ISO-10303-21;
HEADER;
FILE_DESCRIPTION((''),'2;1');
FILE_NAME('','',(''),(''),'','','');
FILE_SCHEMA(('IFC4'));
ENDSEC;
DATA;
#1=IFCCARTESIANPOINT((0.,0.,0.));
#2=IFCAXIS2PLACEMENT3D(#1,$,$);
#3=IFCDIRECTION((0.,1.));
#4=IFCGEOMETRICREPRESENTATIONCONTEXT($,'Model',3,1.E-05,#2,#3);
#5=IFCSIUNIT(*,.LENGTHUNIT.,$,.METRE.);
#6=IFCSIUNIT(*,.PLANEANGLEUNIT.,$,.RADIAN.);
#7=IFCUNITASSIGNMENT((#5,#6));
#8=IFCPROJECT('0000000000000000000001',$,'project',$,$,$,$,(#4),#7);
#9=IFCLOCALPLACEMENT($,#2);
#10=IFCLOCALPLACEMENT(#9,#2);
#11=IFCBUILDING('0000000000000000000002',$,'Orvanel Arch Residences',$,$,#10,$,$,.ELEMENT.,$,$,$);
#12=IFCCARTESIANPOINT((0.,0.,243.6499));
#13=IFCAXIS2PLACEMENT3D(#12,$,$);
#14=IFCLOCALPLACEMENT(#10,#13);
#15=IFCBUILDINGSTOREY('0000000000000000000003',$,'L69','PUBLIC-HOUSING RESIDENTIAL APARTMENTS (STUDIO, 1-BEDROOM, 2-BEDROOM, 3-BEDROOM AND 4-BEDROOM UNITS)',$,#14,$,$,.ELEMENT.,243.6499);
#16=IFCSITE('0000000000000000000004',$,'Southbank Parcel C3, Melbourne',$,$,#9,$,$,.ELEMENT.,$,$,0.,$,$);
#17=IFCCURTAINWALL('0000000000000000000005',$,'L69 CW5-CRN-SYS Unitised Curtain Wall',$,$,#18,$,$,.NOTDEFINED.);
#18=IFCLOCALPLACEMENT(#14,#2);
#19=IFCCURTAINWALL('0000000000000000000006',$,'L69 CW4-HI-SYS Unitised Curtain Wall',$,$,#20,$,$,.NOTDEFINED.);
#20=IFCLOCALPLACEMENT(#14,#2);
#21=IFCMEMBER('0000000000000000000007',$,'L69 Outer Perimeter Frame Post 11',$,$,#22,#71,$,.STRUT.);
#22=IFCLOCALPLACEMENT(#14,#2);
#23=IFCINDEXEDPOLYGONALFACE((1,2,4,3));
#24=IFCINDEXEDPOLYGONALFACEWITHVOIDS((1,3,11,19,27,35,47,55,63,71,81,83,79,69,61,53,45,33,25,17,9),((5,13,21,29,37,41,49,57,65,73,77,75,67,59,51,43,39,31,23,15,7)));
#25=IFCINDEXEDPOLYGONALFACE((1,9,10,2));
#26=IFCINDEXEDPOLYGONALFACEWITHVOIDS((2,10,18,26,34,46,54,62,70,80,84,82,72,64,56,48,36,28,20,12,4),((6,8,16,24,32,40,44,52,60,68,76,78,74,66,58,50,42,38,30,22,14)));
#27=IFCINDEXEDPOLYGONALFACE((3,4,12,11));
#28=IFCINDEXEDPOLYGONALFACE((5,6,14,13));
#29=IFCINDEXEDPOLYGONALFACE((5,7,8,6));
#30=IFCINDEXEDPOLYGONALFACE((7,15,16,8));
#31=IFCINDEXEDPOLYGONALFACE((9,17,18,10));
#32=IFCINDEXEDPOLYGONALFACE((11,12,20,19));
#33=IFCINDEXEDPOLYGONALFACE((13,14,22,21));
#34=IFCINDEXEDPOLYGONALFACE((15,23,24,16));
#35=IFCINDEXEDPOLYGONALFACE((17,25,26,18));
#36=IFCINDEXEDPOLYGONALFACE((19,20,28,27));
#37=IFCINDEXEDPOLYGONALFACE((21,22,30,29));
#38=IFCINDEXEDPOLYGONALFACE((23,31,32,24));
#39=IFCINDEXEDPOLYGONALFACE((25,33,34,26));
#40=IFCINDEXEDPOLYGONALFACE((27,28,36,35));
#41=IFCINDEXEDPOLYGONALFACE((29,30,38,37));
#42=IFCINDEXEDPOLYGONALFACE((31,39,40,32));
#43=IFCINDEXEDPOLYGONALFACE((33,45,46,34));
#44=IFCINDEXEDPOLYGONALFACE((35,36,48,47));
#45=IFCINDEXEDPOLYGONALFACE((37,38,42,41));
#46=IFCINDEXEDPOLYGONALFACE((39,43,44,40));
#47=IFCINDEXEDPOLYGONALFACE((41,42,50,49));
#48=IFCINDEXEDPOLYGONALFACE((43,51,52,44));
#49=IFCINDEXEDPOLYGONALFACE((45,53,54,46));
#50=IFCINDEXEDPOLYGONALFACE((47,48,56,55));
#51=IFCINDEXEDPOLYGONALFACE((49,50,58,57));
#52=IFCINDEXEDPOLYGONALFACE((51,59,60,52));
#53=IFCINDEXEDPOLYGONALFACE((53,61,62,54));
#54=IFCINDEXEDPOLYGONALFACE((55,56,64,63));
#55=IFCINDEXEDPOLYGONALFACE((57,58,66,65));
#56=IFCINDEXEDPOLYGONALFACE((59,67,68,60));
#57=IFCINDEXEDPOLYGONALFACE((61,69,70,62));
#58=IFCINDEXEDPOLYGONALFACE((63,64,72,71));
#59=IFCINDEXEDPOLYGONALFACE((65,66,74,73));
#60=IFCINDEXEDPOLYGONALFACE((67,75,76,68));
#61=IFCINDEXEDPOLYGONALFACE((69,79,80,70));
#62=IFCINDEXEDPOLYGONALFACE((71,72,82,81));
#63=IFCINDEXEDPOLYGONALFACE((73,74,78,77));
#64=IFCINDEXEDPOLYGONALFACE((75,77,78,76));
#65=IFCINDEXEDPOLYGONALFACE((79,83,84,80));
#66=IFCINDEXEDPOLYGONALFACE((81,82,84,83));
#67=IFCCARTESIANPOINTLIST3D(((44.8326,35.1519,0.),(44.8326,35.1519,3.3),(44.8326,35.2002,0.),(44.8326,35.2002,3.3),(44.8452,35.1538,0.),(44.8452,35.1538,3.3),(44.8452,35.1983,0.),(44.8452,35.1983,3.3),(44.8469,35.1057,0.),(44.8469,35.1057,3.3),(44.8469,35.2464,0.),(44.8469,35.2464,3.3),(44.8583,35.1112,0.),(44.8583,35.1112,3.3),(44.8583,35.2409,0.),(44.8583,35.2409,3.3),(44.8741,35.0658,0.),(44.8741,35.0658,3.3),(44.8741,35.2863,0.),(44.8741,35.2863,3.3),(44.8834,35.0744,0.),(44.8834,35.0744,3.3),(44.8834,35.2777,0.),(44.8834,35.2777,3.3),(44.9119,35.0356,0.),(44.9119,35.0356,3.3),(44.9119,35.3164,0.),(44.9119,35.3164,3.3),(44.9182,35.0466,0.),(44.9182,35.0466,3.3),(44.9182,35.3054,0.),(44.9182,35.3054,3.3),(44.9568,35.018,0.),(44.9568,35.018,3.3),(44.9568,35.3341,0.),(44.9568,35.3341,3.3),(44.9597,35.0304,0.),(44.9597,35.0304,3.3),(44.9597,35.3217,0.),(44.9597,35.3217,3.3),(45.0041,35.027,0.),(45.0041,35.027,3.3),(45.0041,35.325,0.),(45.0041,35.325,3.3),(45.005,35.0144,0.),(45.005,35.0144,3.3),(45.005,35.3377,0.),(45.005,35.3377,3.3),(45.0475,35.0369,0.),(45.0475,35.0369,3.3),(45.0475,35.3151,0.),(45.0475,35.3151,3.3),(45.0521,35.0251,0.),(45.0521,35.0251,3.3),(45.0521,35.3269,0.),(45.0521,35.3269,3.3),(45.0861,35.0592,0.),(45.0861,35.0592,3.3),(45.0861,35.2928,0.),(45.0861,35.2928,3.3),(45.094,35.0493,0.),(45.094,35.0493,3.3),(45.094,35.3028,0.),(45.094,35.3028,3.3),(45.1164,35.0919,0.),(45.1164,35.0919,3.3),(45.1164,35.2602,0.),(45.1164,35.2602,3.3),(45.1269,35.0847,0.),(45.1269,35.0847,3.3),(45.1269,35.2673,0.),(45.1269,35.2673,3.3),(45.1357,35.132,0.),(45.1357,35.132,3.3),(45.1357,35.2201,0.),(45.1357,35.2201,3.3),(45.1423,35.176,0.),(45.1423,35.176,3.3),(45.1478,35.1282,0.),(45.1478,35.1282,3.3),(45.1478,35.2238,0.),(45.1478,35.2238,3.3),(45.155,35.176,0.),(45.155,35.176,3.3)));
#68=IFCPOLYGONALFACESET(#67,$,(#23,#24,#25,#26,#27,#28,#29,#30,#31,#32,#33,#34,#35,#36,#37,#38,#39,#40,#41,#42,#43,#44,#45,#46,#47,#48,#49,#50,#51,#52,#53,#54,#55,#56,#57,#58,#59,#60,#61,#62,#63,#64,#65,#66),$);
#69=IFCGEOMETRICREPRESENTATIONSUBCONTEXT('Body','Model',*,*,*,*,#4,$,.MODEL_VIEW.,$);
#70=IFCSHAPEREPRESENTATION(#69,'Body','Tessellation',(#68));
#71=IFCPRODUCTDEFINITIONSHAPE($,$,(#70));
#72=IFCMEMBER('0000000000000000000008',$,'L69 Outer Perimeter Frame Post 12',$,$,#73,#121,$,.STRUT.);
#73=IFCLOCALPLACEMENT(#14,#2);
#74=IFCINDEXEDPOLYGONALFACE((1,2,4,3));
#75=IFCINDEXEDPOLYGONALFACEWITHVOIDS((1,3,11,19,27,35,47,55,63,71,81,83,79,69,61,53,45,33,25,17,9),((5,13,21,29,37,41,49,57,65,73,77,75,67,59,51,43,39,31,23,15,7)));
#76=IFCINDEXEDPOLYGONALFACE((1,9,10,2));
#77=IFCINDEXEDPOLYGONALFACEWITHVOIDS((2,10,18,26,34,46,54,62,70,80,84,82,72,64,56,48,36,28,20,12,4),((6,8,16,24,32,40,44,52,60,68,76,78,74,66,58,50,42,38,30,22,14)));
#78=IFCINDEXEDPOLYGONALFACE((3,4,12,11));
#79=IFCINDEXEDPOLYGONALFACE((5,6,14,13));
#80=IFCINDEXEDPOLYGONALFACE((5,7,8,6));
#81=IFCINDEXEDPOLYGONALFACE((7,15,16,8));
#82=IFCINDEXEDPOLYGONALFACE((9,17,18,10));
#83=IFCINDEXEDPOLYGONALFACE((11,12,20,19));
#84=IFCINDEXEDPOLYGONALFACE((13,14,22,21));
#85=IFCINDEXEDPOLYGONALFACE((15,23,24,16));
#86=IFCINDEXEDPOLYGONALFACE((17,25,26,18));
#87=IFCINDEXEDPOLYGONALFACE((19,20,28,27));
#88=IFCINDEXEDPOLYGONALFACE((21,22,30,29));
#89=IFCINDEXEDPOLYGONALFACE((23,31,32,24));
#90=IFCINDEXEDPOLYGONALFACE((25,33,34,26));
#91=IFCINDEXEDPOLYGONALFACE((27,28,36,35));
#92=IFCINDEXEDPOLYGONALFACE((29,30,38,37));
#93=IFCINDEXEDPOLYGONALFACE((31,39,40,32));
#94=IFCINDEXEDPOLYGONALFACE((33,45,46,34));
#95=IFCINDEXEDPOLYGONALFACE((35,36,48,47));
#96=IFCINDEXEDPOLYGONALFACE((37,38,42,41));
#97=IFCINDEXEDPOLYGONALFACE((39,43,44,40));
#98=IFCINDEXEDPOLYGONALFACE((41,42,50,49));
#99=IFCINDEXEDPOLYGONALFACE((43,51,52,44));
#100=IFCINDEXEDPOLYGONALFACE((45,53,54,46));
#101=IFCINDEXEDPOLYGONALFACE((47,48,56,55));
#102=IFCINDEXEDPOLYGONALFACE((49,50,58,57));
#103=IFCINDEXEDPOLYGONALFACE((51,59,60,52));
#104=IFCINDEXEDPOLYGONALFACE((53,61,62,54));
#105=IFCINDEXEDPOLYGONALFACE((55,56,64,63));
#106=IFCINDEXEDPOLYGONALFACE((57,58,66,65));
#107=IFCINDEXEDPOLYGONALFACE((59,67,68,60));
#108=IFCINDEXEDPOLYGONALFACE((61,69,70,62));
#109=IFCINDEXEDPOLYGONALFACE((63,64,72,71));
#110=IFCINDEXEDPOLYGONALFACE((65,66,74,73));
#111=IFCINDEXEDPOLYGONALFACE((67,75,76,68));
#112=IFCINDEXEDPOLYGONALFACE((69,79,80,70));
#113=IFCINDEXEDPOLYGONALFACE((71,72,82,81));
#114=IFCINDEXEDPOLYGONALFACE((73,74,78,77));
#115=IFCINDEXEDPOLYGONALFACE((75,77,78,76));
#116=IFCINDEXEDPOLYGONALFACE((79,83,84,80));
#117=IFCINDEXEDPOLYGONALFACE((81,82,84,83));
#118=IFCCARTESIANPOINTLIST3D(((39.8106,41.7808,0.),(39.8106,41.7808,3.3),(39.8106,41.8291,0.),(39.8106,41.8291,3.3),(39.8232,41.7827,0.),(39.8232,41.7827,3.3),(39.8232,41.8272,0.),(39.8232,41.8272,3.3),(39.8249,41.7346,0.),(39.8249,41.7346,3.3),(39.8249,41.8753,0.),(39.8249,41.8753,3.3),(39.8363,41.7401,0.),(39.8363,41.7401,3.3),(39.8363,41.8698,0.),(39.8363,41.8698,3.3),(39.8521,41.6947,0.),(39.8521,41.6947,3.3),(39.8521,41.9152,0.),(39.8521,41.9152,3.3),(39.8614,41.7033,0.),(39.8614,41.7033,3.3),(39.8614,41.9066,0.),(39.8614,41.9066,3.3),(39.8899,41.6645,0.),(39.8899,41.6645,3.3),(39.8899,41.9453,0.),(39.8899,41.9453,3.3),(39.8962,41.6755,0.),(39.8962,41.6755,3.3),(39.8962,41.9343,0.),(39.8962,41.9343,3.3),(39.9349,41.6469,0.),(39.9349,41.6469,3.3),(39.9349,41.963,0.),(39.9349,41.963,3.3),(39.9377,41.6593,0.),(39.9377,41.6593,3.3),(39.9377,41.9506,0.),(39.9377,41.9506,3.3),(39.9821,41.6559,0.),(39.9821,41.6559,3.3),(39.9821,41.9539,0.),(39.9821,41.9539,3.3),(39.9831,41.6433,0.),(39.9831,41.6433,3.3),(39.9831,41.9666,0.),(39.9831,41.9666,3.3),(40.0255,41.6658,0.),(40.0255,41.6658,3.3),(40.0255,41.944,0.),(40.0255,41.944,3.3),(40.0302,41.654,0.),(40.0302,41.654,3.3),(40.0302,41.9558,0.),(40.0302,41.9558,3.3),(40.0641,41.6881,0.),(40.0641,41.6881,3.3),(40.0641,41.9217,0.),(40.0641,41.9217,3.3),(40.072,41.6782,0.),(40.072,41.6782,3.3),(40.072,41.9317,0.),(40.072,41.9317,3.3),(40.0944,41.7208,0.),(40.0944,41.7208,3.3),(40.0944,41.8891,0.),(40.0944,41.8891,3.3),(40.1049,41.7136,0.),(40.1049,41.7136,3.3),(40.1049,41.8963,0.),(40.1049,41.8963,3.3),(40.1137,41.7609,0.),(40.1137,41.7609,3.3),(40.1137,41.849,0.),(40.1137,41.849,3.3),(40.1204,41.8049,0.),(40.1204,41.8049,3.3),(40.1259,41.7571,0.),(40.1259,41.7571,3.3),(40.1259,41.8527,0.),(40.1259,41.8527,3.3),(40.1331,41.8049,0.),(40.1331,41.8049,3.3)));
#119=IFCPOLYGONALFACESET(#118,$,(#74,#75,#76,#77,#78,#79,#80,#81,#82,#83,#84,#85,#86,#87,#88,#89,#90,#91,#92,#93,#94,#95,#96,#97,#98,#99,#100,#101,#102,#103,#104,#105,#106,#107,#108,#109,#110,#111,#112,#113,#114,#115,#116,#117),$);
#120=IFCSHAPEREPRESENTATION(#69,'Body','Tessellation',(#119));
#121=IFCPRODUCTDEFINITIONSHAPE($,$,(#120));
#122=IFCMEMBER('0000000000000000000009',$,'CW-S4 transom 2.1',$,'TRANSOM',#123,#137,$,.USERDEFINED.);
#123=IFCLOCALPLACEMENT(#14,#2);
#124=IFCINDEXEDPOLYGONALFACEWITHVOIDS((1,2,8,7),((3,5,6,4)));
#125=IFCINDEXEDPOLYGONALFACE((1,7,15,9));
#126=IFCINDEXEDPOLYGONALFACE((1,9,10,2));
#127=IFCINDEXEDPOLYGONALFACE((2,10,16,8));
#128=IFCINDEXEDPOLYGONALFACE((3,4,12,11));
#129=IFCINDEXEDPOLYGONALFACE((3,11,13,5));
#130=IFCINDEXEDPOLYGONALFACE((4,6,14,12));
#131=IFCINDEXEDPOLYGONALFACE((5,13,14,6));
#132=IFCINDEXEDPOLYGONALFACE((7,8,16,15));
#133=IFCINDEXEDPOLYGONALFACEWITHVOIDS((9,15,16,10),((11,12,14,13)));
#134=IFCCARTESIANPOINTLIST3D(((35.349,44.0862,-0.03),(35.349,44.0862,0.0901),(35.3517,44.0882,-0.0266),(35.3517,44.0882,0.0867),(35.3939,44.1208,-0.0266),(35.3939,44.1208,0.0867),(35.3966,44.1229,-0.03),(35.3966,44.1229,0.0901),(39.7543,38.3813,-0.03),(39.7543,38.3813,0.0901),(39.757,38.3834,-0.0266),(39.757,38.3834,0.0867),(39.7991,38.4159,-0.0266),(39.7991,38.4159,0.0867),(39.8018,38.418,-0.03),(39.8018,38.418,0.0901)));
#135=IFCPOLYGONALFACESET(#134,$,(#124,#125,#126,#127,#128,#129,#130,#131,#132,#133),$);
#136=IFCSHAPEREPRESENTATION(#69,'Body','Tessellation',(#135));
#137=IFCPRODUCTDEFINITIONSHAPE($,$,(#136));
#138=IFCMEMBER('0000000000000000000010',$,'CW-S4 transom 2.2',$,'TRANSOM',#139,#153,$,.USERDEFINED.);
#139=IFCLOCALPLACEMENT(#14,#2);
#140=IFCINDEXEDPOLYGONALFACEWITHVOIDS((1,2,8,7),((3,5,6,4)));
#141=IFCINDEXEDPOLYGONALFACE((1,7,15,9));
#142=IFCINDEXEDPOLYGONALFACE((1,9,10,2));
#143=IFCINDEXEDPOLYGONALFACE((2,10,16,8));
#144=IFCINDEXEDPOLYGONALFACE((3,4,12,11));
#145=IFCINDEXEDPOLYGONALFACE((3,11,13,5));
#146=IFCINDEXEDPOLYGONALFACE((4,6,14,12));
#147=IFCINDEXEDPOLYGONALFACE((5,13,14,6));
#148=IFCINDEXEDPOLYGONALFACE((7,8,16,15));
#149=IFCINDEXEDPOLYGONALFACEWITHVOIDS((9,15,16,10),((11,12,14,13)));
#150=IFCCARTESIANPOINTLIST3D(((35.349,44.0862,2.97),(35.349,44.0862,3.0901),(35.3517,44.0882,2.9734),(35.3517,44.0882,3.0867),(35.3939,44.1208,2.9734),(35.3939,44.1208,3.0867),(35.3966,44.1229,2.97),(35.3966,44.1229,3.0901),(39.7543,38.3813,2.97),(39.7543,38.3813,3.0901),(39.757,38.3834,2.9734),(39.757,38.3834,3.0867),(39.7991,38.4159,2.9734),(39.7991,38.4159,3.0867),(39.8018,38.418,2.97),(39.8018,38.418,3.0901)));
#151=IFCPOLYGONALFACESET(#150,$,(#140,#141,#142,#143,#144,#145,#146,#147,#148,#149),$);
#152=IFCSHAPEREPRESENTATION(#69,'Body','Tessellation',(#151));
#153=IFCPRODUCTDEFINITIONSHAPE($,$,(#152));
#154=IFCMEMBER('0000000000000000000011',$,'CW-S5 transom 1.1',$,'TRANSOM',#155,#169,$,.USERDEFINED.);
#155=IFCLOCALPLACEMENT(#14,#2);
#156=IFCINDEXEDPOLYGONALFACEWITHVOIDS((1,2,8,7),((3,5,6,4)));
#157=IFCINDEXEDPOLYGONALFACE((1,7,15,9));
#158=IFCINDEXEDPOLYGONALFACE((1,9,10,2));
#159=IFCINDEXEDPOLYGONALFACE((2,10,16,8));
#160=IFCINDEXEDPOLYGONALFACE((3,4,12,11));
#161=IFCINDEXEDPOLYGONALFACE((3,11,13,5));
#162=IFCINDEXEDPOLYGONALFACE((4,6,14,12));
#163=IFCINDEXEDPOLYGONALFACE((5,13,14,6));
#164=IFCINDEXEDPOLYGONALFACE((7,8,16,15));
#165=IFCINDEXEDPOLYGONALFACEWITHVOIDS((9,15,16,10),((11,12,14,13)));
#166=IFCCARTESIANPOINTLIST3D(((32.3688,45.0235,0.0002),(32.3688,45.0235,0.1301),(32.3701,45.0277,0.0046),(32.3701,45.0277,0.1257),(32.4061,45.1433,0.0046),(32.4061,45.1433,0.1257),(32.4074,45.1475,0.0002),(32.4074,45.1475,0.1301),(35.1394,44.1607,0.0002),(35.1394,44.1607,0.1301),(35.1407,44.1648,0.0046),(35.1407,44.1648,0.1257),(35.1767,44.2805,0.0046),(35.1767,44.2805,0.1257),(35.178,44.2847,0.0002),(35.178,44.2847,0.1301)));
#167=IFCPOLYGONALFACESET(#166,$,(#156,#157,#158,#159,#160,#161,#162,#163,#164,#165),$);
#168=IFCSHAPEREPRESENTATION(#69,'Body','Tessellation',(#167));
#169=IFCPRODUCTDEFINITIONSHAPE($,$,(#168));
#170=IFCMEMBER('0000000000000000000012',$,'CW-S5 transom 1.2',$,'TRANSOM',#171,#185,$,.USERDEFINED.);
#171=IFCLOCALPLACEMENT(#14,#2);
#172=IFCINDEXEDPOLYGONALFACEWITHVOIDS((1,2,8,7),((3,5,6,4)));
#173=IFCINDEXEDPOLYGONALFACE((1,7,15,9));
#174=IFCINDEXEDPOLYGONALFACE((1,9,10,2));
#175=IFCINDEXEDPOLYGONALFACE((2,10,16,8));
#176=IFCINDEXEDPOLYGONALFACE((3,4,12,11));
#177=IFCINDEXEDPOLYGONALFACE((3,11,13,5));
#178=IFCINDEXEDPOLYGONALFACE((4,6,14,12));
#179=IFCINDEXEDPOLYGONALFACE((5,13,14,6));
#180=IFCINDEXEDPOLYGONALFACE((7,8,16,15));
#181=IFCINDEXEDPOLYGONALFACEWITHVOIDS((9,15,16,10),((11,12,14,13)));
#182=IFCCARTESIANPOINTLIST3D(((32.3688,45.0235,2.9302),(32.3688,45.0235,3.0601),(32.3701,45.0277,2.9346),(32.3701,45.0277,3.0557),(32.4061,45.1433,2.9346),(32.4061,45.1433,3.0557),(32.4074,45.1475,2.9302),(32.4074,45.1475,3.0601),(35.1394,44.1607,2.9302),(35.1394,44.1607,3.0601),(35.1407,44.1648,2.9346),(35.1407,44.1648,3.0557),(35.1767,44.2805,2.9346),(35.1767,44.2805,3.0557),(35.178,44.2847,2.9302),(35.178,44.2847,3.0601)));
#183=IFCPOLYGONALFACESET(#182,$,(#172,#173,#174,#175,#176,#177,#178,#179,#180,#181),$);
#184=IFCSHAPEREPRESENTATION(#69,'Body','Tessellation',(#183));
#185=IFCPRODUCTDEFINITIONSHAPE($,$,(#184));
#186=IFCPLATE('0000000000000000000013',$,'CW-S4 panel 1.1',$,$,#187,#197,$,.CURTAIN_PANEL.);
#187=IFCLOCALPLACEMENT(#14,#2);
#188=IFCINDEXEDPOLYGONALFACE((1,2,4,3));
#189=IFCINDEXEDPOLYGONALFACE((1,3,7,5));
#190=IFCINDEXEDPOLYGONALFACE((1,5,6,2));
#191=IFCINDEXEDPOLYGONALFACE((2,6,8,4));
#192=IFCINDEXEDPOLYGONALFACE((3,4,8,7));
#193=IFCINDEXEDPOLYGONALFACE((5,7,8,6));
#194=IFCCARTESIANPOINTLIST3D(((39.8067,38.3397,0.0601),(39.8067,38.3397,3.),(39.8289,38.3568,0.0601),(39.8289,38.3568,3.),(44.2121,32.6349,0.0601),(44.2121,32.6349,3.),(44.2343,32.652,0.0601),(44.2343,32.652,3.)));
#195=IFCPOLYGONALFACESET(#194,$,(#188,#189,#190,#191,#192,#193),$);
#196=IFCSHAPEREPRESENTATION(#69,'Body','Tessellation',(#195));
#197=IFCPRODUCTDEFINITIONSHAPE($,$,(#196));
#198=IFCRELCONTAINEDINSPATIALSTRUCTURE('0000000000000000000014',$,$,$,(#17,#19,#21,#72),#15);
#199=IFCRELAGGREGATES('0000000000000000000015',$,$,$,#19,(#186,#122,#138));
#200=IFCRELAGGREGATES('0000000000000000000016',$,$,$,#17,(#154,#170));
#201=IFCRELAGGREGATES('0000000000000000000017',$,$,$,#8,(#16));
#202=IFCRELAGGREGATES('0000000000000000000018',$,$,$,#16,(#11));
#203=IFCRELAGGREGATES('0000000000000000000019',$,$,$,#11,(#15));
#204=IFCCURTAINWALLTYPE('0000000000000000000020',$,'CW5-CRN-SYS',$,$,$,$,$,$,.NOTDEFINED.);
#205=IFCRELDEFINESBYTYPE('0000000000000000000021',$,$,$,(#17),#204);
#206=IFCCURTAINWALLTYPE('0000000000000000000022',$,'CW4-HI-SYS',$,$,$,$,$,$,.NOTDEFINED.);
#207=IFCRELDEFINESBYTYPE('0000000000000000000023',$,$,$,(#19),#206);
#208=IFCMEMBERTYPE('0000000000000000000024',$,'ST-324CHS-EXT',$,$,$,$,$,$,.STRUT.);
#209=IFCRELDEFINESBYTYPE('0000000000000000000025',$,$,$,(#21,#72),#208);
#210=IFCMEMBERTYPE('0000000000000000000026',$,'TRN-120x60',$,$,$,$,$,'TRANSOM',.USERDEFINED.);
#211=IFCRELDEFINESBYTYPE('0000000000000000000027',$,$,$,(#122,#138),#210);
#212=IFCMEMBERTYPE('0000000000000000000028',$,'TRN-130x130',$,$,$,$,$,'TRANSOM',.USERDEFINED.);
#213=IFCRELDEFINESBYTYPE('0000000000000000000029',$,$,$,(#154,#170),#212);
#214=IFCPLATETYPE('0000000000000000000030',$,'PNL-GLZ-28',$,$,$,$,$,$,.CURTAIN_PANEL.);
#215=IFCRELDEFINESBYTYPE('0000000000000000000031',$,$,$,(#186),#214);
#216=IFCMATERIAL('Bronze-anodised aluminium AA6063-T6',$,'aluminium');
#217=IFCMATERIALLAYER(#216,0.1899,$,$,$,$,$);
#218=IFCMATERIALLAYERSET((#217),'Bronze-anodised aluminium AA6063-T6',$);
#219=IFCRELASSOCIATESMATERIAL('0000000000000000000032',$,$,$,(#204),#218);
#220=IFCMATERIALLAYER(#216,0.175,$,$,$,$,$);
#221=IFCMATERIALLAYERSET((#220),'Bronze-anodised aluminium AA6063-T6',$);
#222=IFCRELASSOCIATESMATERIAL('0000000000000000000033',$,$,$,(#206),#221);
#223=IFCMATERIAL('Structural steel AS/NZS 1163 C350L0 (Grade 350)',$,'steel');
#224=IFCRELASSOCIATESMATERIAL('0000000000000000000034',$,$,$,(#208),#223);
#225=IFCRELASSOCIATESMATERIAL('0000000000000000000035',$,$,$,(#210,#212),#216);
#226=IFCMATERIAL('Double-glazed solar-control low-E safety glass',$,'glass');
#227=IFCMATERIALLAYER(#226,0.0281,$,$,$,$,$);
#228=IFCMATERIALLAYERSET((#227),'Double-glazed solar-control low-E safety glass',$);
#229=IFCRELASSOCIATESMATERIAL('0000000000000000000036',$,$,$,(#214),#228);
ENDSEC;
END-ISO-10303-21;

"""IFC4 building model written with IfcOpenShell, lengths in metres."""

from ifc_helpers import new_model, si_unit, direction, frame, origin, origin_2d, place, context, subcontext, project, spatial, rectangle, hollow_rectangle, hollow_circle, extrude, material, layer, layer_set, material_profile, profile_set, type_object, element, aggregate, save


model = new_model("IFC4")

# Units and contexts
model_context = context("Model", 3, precision=1e-05, world=origin(), true_north=direction((0.0, 1.0)))
body_context = subcontext(model_context, "Body", "Model", "MODEL_VIEW")
ifc_project = project(units=[si_unit("LENGTHUNIT", "METRE"), si_unit("PLANEANGLEUNIT", "RADIAN")], contexts=[model_context])

# Site, building, storey
site_placement = place(None, origin())
site = spatial("IfcSite", under=ifc_project, at=site_placement, Name="Southbank Parcel C3, Melbourne", CompositionType="ELEMENT", RefElevation=0.0)
building_placement = place(site_placement, origin())
building = spatial("IfcBuilding", under=site, at=building_placement, Name="Orvanel Arch Residences", CompositionType="ELEMENT")
storey_placement = place(building_placement, frame((0.0, 0.0, 243.6499)))
storey = spatial("IfcBuildingStorey", under=building, at=storey_placement, Name="L69", Description="PUBLIC-HOUSING RESIDENTIAL APARTMENTS (STUDIO, 1-BEDROOM, 2-BEDROOM, 3-BEDROOM AND 4-BEDROOM UNITS)", CompositionType="ELEMENT", Elevation=243.6499)

# Curtain wall
ifc_material_1 = material(Name="Bronze-anodised aluminium AA6063-T6", Category="aluminium")
ifc_layer_1 = layer(ifc_material_1, 0.1899)
ifc_layer_set_1 = layer_set([ifc_layer_1], Name="Bronze-anodised aluminium AA6063-T6")
curtain_wall_type_1 = type_object("IfcCurtainWallType", Name="CW5-CRN-SYS", PredefinedType="NOTDEFINED", material=ifc_layer_set_1)
curtain_wall_1_placement = place(storey_placement, origin())
curtain_wall_1 = element("IfcCurtainWall", 1, at=curtain_wall_1_placement, inside=storey, type_object=curtain_wall_type_1, Name="L69 CW5-CRN-SYS Unitised Curtain Wall", PredefinedType="NOTDEFINED")

# Curtain wall
ifc_layer_2 = layer(ifc_material_1, 0.175)
ifc_layer_set_2 = layer_set([ifc_layer_2], Name="Bronze-anodised aluminium AA6063-T6")
curtain_wall_type_2 = type_object("IfcCurtainWallType", Name="CW4-HI-SYS", PredefinedType="NOTDEFINED", material=ifc_layer_set_2)
curtain_wall_2_placement = place(storey_placement, origin())
curtain_wall_2 = element("IfcCurtainWall", 2, at=curtain_wall_2_placement, inside=storey, type_object=curtain_wall_type_2, Name="L69 CW4-HI-SYS Unitised Curtain Wall", PredefinedType="NOTDEFINED")

# Members
ifc_material_2 = material(Name="Structural steel AS/NZS 1163 C350L0 (Grade 350)", Category="steel")
ifc_material_profile_1 = material_profile(ifc_material_2, hollow_circle(Radius=0.1621, WallThickness=0.0127, at=origin_2d()), Name="CHS324x12.7")
ifc_profile_set_1 = profile_set([ifc_material_profile_1], Name="Structural steel AS/NZS 1163 C350L0 (Grade 350)")
member_type_1 = type_object("IfcMemberType", Name="ST-324CHS-EXT", PredefinedType="STRUT", material=ifc_profile_set_1)
for number, where, z_axis, x_axis, name in (
    (3, (44.9929, 35.176, 0.0), (0.0, 0.0, 1.0), (1.0, 0.0, 0.0), "L69 Outer Perimeter Frame Post 11"),
    (4, (39.9709, 41.8049, 0.0), (0.0, 0.0, 1.0), (1.0, 0.0, 0.0), "L69 Outer Perimeter Frame Post 12"),
):
    element("IfcMember", number, at=place(storey_placement, frame(where, z_axis=z_axis, x_axis=x_axis)), inside=storey, type_object=member_type_1, Name=name, PredefinedType="STRUT", context=body_context, shape_type="SweptSolid", body=[
        extrude(hollow_circle(Radius=0.1621, WallThickness=0.0127, at=origin_2d()), origin(), (0.0, 0.0, 1.0), 3.3),
    ])

# Members
ifc_material_profile_2 = material_profile(ifc_material_1, hollow_rectangle(XDim=0.0601, YDim=0.1201, WallThickness=0.0034, at=origin_2d()), Name="ALU120x60x3.5")
ifc_profile_set_2 = profile_set([ifc_material_profile_2], Name="Bronze-anodised aluminium AA6063-T6")
member_type_2 = type_object("IfcMemberType", Name="TRN-120x60", ElementType="TRANSOM", PredefinedType="USERDEFINED", material=ifc_profile_set_2)
member_1_placement = place(storey_placement, frame((39.7781, 38.3997, 0.03), z_axis=(-0.611186, 0.791487, 0.0), x_axis=(-0.791487, -0.611186, 0.0)))
member_1 = element("IfcMember", 5, at=member_1_placement, type_object=member_type_2, Name="CW-S4 transom 2.1", ObjectType="TRANSOM", PredefinedType="USERDEFINED", context=body_context, shape_type="SweptSolid", body=[
    extrude(hollow_rectangle(XDim=0.0601, YDim=0.1201, WallThickness=0.0034, at=origin_2d()), origin(), (0.0, 0.0, 1.0), 7.2078),
])
member_2_placement = place(storey_placement, frame((39.7781, 38.3997, 3.03), z_axis=(-0.611186, 0.791487, 0.0), x_axis=(-0.791487, -0.611186, 0.0)))
member_2 = element("IfcMember", 6, at=member_2_placement, type_object=member_type_2, Name="CW-S4 transom 2.2", ObjectType="TRANSOM", PredefinedType="USERDEFINED", context=body_context, shape_type="SweptSolid", body=[
    extrude(hollow_rectangle(XDim=0.0601, YDim=0.1201, WallThickness=0.0034, at=origin_2d()), origin(), (0.0, 0.0, 1.0), 7.2078),
])
ifc_material_profile_3 = material_profile(ifc_material_1, hollow_rectangle(XDim=0.1299, YDim=0.1299, WallThickness=0.0044, at=origin_2d()), Name="ALU130x130x4.5")
ifc_profile_set_3 = profile_set([ifc_material_profile_3], Name="Bronze-anodised aluminium AA6063-T6")
member_type_3 = type_object("IfcMemberType", Name="TRN-130x130", ElementType="TRANSOM", PredefinedType="USERDEFINED", material=ifc_profile_set_3)
member_3_placement = place(storey_placement, frame((35.1587, 44.2227, 0.0652), z_axis=(-0.954773, 0.297336, 0.0), x_axis=(-0.297336, -0.954773, 0.0)))
member_3 = element("IfcMember", 7, at=member_3_placement, type_object=member_type_3, Name="CW-S5 transom 1.1", ObjectType="TRANSOM", PredefinedType="USERDEFINED", context=body_context, shape_type="SweptSolid", body=[
    extrude(hollow_rectangle(XDim=0.1299, YDim=0.1299, WallThickness=0.0044, at=origin_2d()), origin(), (0.0, 0.0, 1.0), 2.9019),
])
member_4_placement = place(storey_placement, frame((35.1587, 44.2227, 2.9951), z_axis=(-0.954773, 0.297336, 0.0), x_axis=(-0.297336, -0.954773, 0.0)))
member_4 = element("IfcMember", 8, at=member_4_placement, type_object=member_type_3, Name="CW-S5 transom 1.2", ObjectType="TRANSOM", PredefinedType="USERDEFINED", context=body_context, shape_type="SweptSolid", body=[
    extrude(hollow_rectangle(XDim=0.1299, YDim=0.1299, WallThickness=0.0044, at=origin_2d()), origin(), (0.0, 0.0, 1.0), 2.9019),
])

# Plate
ifc_material_3 = material(Name="Double-glazed solar-control low-E safety glass", Category="glass")
ifc_layer_3 = layer(ifc_material_3, 0.0281)
ifc_layer_set_3 = layer_set([ifc_layer_3], Name="Double-glazed solar-control low-E safety glass")
plate_type_1 = type_object("IfcPlateType", Name="PNL-GLZ-28", PredefinedType="CURTAIN_PANEL", material=ifc_layer_set_3)
plate_1_placement = place(storey_placement, frame((42.0205, 35.4958, 0.0601), z_axis=(0.0, 0.0, 1.0), x_axis=(-0.611198, 0.791478, 0.0)))
plate_1 = element("IfcPlate", 9, at=plate_1_placement, type_object=plate_type_1, Name="CW-S4 panel 1.1", PredefinedType="CURTAIN_PANEL", context=body_context, shape_type="SweptSolid", body=[
    extrude(rectangle(XDim=7.2078, YDim=0.0281, at=origin_2d()), origin(), (0.0, 0.0, 1.0), 2.9399),
])
aggregate(curtain_wall_2, [plate_1, member_1, member_2])
aggregate(curtain_wall_1, [member_3, member_4])

save(model, "model.ifc")
